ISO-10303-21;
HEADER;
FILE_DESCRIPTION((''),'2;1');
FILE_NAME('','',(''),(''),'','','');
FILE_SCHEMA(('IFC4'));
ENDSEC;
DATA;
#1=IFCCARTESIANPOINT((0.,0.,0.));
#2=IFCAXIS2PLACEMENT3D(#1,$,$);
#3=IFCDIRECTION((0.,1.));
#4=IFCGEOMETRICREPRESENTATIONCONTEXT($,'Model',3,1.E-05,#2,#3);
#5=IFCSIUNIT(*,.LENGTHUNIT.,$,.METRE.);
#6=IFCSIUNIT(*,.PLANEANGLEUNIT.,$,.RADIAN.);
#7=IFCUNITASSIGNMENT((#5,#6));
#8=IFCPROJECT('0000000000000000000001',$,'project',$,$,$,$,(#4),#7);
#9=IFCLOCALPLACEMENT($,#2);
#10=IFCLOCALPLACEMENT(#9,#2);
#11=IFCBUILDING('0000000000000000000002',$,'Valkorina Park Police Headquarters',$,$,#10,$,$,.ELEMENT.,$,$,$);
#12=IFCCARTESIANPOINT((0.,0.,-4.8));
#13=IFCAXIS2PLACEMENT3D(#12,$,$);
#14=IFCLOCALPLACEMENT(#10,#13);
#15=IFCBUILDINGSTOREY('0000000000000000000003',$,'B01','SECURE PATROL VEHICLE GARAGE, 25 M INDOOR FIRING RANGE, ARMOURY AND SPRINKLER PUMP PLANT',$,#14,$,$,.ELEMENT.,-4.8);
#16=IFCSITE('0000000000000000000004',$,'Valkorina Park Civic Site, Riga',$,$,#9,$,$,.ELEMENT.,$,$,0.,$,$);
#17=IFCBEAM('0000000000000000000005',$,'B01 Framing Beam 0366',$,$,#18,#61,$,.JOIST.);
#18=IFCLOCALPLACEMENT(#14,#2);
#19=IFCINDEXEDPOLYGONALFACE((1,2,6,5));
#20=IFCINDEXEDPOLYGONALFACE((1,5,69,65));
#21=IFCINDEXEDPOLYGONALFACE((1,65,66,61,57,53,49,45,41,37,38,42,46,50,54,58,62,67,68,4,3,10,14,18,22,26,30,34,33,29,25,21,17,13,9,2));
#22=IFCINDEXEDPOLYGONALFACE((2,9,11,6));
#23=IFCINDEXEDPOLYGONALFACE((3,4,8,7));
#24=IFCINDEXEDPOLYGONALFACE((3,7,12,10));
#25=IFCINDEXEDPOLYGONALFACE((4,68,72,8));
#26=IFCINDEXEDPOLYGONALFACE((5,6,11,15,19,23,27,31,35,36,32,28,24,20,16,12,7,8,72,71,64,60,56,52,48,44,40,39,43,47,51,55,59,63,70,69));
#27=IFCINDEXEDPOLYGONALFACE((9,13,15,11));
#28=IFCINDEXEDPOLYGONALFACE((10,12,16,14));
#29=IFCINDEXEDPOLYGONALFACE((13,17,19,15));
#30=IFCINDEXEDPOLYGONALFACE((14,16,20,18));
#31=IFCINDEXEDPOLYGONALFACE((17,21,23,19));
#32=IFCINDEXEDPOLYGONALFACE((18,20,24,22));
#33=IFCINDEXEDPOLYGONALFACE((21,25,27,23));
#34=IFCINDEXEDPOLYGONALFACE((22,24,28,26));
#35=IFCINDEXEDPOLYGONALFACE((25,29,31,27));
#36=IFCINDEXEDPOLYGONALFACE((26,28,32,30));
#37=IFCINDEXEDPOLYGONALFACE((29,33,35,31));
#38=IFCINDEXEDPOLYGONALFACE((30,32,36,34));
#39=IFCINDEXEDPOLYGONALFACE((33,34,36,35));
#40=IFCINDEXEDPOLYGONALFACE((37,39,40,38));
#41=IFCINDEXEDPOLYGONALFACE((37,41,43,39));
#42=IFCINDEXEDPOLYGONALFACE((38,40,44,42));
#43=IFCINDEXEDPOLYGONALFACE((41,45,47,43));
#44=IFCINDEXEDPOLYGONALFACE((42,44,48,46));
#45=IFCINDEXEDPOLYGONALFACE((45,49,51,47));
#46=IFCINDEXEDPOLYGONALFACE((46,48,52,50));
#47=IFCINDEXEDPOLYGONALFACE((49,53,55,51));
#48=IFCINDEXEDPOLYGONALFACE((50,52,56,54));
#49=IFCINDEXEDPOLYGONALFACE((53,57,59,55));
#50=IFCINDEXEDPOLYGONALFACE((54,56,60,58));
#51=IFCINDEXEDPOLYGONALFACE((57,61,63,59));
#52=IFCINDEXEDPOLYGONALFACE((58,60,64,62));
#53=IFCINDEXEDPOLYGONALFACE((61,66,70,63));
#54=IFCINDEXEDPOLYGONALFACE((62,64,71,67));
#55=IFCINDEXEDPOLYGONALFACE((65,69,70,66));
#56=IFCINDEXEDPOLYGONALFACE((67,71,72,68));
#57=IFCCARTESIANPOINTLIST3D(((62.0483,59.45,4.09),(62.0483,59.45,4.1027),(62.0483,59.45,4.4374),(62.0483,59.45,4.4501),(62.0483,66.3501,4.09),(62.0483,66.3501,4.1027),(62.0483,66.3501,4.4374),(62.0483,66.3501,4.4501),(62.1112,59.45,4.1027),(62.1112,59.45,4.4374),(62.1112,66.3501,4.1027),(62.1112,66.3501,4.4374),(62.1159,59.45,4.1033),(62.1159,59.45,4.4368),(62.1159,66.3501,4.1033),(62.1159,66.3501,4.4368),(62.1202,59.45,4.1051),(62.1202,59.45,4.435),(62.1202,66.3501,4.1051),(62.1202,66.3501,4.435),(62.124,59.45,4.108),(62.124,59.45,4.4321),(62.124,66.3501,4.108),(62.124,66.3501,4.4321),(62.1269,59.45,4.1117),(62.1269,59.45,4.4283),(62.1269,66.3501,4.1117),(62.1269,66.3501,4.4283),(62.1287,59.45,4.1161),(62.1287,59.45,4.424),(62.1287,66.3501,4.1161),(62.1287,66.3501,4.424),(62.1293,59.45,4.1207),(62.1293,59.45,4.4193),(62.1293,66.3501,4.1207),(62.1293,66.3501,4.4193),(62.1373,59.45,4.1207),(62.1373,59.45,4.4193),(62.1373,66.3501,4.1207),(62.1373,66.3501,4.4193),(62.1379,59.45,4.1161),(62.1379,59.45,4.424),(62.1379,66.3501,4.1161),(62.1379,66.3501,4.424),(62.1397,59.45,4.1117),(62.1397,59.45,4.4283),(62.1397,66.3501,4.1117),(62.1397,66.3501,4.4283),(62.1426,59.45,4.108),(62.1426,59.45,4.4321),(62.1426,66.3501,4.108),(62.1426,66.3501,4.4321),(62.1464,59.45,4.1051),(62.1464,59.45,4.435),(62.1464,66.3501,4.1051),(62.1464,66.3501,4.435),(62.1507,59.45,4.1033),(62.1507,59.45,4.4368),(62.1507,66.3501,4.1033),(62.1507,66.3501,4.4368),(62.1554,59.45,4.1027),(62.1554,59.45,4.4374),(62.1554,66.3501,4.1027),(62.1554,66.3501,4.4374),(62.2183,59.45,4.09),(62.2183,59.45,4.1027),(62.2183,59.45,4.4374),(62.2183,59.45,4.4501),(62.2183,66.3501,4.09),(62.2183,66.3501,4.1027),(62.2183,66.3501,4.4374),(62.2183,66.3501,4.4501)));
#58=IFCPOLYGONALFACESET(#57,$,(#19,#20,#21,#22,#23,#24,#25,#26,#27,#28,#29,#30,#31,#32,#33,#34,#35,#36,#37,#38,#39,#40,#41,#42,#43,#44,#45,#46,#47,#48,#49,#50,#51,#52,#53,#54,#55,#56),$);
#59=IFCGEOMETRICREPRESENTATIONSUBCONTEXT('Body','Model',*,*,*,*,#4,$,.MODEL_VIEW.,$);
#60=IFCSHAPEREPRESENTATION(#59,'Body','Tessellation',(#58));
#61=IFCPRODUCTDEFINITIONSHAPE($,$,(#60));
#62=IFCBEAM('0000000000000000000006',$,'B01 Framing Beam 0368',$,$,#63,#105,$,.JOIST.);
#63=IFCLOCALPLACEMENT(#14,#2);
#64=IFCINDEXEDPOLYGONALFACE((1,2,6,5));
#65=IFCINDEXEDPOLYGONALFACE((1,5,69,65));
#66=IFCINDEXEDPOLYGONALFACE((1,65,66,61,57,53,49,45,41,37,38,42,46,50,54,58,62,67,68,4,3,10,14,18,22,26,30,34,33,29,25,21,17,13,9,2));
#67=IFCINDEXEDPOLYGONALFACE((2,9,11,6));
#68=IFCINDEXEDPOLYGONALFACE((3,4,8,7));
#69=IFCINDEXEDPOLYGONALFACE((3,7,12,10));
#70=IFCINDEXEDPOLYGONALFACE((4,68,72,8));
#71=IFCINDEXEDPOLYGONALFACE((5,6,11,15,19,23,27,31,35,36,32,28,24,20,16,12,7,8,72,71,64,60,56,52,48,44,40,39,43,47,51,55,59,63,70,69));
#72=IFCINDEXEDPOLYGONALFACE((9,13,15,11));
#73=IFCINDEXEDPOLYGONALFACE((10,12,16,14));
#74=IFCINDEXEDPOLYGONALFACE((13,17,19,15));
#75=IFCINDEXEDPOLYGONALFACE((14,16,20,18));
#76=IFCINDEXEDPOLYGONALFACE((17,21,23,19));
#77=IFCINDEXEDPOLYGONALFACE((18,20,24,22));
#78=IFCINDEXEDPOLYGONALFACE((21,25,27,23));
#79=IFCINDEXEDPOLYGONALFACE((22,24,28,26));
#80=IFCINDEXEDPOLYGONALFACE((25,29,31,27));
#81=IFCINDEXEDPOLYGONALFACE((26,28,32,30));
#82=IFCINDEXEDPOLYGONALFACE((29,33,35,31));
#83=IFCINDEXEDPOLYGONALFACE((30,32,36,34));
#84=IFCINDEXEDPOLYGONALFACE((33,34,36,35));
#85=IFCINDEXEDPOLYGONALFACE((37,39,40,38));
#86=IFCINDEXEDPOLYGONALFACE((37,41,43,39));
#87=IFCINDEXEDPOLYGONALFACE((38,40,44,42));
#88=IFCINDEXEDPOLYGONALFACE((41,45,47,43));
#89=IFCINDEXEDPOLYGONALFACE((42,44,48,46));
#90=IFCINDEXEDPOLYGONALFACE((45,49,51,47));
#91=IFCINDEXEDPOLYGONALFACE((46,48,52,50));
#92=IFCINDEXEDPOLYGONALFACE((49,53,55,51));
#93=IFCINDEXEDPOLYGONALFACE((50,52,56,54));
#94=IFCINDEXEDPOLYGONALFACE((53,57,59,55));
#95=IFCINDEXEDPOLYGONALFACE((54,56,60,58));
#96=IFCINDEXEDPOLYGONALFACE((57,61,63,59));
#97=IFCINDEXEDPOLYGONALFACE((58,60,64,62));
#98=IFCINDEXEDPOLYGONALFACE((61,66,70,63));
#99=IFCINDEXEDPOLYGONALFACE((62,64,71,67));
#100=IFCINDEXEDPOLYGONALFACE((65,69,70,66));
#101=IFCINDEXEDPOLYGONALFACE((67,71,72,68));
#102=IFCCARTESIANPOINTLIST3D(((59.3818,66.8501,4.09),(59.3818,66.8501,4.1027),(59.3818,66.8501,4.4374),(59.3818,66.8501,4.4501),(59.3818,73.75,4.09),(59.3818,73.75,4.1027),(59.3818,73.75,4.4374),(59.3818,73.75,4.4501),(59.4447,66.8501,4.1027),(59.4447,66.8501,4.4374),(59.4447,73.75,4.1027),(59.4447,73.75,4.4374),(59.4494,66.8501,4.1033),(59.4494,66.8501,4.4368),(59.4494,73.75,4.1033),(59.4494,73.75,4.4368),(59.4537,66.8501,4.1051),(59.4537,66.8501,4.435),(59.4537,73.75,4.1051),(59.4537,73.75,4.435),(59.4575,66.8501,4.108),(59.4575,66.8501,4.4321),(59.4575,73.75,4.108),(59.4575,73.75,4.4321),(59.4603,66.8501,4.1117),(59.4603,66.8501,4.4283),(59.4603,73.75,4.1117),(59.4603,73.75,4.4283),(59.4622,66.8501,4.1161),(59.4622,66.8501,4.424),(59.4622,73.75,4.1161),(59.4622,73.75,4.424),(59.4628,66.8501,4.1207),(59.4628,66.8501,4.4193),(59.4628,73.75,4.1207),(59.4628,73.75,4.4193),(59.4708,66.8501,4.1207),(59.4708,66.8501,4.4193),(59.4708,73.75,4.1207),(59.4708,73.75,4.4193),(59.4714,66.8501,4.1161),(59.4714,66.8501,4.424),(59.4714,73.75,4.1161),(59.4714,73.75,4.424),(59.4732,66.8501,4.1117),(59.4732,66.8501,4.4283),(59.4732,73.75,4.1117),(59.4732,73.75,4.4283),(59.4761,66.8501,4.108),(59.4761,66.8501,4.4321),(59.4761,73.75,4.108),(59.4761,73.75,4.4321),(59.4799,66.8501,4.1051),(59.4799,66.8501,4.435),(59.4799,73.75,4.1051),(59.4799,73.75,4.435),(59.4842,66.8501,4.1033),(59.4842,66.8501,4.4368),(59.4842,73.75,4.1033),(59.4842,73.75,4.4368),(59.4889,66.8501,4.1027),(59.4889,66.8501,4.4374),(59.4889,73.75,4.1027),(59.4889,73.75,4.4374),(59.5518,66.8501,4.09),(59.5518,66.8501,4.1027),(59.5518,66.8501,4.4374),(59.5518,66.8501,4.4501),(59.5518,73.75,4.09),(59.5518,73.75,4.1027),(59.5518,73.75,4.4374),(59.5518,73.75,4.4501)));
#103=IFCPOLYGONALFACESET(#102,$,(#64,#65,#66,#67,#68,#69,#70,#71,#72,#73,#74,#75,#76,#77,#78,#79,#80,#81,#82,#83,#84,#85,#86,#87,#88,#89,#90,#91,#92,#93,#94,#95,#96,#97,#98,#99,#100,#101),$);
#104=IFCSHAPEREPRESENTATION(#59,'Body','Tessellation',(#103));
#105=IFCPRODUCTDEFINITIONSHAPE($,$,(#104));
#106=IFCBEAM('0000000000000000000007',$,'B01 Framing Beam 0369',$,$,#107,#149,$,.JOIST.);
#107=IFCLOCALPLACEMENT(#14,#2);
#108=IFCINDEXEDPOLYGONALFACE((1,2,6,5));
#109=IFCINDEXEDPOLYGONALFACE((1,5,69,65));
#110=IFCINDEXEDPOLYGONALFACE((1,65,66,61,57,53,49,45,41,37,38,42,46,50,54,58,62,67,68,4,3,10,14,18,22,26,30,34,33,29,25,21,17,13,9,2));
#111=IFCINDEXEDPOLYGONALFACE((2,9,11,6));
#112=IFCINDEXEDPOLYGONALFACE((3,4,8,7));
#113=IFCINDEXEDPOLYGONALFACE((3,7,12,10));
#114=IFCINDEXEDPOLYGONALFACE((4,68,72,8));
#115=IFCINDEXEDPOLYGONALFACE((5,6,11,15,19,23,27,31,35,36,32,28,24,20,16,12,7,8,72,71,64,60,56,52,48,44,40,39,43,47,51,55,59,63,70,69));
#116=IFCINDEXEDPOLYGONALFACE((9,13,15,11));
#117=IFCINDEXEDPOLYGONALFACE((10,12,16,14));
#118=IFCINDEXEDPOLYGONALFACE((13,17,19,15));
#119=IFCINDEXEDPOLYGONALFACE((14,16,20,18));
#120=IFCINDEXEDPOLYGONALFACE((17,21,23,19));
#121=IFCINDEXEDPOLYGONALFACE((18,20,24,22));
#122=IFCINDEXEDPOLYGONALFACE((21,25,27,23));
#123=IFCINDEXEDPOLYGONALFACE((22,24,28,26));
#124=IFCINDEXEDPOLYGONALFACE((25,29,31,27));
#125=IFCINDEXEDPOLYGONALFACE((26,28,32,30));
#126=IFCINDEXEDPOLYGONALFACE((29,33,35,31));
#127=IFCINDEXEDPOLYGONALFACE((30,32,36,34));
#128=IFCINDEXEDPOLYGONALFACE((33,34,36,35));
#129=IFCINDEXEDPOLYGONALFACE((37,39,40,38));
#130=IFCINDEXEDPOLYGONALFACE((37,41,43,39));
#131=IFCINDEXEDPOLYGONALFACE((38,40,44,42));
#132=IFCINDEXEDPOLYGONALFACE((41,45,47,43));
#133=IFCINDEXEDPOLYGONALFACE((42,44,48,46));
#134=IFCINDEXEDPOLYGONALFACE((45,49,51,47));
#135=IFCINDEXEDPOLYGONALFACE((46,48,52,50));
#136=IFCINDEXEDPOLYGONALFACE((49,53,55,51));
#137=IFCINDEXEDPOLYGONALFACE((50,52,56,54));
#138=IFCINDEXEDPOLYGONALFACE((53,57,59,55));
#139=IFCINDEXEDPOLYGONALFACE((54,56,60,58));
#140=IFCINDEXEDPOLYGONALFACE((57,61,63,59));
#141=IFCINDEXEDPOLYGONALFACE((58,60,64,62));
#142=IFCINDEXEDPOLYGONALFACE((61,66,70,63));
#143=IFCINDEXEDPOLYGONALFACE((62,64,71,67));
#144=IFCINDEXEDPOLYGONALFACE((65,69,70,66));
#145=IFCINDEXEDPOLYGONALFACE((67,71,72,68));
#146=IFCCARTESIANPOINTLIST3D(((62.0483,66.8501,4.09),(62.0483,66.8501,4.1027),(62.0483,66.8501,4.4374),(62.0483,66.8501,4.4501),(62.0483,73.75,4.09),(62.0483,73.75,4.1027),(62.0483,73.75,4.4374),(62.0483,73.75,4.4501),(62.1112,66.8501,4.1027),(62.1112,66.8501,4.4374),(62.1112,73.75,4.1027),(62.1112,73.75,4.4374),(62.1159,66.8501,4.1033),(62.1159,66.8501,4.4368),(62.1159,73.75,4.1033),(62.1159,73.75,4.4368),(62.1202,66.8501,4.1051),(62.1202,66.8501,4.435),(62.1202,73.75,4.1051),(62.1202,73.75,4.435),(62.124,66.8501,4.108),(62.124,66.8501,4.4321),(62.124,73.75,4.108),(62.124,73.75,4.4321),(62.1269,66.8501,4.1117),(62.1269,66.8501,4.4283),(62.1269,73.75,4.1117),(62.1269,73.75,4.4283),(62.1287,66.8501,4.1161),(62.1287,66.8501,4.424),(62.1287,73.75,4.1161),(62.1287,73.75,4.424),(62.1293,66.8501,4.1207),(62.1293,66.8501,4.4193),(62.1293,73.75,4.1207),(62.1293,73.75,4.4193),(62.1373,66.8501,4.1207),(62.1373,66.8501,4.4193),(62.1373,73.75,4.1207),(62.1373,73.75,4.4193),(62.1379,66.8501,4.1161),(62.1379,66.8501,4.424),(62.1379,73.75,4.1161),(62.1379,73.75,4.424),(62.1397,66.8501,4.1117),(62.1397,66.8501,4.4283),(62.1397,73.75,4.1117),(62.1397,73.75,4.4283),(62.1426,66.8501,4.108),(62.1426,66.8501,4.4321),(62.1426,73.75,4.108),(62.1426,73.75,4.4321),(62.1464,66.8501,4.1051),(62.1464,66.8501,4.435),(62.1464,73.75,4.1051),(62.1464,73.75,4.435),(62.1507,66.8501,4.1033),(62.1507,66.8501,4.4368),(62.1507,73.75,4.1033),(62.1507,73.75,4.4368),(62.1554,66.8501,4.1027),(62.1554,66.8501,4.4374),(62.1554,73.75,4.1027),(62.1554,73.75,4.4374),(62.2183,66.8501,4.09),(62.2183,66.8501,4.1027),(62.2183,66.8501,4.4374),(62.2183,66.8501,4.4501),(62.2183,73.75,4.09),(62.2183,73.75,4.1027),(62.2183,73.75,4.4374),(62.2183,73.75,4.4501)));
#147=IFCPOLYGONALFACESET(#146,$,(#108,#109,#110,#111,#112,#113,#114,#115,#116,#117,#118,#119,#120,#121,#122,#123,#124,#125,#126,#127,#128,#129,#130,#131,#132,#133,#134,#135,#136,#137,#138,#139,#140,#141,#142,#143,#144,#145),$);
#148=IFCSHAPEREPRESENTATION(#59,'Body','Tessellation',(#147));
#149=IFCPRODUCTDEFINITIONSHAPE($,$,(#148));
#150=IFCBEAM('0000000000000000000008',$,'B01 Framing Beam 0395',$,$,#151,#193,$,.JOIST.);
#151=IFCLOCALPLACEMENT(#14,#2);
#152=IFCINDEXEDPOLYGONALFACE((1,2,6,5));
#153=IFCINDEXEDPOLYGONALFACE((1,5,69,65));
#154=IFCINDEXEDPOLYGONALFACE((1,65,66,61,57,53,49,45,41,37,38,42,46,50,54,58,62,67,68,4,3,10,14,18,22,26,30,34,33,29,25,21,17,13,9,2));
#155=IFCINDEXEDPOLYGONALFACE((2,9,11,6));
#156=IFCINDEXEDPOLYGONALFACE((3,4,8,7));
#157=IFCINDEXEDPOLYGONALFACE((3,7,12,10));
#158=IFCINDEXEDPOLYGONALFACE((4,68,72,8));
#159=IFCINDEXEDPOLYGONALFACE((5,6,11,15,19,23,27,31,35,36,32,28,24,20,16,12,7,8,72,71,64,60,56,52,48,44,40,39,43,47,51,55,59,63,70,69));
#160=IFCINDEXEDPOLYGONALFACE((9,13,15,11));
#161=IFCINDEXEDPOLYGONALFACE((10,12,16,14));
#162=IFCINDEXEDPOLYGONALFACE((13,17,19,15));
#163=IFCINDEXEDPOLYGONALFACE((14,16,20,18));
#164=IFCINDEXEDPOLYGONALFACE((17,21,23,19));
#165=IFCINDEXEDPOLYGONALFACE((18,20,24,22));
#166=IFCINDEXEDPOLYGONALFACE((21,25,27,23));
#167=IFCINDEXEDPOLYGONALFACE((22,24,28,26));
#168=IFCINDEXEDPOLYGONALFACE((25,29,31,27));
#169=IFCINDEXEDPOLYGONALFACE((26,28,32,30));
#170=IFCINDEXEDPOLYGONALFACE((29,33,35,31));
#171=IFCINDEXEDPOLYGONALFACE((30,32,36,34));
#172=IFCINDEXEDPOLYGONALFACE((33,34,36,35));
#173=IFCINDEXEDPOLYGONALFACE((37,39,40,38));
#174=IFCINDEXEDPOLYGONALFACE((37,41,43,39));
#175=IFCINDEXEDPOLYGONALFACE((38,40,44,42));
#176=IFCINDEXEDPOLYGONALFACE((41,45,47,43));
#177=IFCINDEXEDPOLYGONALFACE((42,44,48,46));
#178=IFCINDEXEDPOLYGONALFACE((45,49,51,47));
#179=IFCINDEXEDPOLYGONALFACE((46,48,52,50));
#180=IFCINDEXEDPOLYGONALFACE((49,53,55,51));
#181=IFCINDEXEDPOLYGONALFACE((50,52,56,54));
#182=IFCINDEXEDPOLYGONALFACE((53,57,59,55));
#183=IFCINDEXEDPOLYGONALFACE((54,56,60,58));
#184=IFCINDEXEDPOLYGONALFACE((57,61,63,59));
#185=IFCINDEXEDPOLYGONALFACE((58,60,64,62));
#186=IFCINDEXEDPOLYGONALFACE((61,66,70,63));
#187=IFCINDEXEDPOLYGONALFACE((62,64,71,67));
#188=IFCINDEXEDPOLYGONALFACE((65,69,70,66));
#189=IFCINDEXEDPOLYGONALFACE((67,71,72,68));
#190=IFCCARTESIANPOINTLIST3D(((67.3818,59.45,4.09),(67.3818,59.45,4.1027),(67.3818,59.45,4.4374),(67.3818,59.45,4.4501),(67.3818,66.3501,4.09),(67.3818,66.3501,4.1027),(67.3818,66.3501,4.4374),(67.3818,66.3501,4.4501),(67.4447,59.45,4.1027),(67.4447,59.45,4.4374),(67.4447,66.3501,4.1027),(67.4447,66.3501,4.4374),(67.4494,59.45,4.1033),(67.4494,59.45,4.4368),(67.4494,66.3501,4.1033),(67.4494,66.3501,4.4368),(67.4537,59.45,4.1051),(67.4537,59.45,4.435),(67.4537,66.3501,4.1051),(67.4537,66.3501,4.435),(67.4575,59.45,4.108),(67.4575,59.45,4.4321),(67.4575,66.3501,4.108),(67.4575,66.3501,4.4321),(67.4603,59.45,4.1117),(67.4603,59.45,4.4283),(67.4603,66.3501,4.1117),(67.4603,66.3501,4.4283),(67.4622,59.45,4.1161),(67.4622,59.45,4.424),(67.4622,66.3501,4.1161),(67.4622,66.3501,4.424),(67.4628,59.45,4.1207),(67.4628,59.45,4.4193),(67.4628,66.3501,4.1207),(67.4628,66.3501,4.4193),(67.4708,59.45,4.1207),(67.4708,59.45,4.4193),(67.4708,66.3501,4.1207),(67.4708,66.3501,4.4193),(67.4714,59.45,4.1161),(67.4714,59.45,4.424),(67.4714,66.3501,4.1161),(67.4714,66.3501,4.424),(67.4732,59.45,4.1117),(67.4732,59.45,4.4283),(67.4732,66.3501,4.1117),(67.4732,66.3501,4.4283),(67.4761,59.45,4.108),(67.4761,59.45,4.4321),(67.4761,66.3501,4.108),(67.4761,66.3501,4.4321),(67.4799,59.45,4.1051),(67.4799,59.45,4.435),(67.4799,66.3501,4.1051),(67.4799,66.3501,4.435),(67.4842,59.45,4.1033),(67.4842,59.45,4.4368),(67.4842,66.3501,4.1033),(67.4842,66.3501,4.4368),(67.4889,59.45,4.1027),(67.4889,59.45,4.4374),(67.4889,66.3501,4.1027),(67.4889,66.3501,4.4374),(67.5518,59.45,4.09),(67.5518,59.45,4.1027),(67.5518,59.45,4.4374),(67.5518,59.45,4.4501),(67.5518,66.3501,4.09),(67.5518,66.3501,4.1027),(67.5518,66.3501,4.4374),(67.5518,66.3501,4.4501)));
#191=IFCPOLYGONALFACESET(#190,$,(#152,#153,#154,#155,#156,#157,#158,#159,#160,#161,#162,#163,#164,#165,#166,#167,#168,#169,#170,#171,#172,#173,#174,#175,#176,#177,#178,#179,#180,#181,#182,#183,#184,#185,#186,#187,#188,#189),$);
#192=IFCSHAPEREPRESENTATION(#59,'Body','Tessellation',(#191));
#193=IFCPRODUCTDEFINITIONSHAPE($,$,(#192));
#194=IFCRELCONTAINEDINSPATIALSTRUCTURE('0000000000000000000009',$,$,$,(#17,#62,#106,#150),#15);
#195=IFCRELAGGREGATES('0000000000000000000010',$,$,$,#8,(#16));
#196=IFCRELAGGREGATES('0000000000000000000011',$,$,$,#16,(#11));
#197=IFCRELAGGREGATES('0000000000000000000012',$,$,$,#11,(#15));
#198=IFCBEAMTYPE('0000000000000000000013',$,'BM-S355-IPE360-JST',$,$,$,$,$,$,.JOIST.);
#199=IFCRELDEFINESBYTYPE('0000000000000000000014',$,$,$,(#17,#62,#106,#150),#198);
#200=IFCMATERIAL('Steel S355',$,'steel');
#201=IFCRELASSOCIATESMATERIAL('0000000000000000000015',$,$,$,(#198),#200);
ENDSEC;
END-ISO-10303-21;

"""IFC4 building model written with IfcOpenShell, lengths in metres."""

from ifc_helpers import new_model, si_unit, direction, frame, origin, origin_2d, place, context, subcontext, project, spatial, i_section, extrude, material, material_profile, profile_set, type_object, element, save


model = new_model("IFC4")

# Units and contexts
model_context = context("Model", 3, precision=1e-05, world=origin(), true_north=direction((0.0, 1.0)))
body_context = subcontext(model_context, "Body", "Model", "MODEL_VIEW")
ifc_project = project(units=[si_unit("LENGTHUNIT", "METRE"), si_unit("PLANEANGLEUNIT", "RADIAN")], contexts=[model_context])

# Site, building, storey
site_placement = place(None, origin())
site = spatial("IfcSite", under=ifc_project, at=site_placement, Name="Valkorina Park Civic Site, Riga", CompositionType="ELEMENT", RefElevation=0.0)
building_placement = place(site_placement, origin())
building = spatial("IfcBuilding", under=site, at=building_placement, Name="Valkorina Park Police Headquarters", CompositionType="ELEMENT")
storey_placement = place(building_placement, frame((0.0, 0.0, -4.8)))
storey = spatial("IfcBuildingStorey", under=building, at=storey_placement, Name="B01", Description="SECURE PATROL VEHICLE GARAGE, 25 M INDOOR FIRING RANGE, ARMOURY AND SPRINKLER PUMP PLANT", CompositionType="ELEMENT", Elevation=-4.8)

# Beams
ifc_material_1 = material(Name="Steel S355", Category="steel")
ifc_material_profile_1 = material_profile(ifc_material_1, i_section(OverallWidth=0.1699, OverallDepth=0.3601, WebThickness=0.0081, FlangeThickness=0.0127, FilletRadius=0.0181, at=origin_2d()), Name="IPE 360")
ifc_profile_set_1 = profile_set([ifc_material_profile_1], Name="Steel S355")
beam_type_1 = type_object("IfcBeamType", Name="BM-S355-IPE360-JST", PredefinedType="JOIST", material=ifc_profile_set_1)
for number, where, z_axis, x_axis, name in (
    (1, (62.1333, 59.45, 4.27), (0.0, 1.0, 0.0), (-1.0, 0.0, 0.0), "B01 Framing Beam 0366"),
):
    element("IfcBeam", number, at=place(storey_placement, frame(where, z_axis=z_axis, x_axis=x_axis)), inside=storey, type_object=beam_type_1, Name=name, PredefinedType="JOIST", context=body_context, shape_type="SweptSolid", body=[
        extrude(i_section(OverallWidth=0.1699, OverallDepth=0.3601, WebThickness=0.0081, FlangeThickness=0.0127, FilletRadius=0.0181, at=origin_2d()), origin(), (0.0, 0.0, 1.0), 6.9001),
    ])
for number, where, z_axis, x_axis, name in (
    (2, (59.4668, 66.8501, 4.27), (0.0, 1.0, 0.0), (-1.0, 0.0, 0.0), "B01 Framing Beam 0368"),
    (3, (62.1333, 66.8501, 4.27), (0.0, 1.0, 0.0), (-1.0, 0.0, 0.0), "B01 Framing Beam 0369"),
):
    element("IfcBeam", number, at=place(storey_placement, frame(where, z_axis=z_axis, x_axis=x_axis)), inside=storey, type_object=beam_type_1, Name=name, PredefinedType="JOIST", context=body_context, shape_type="SweptSolid", body=[
        extrude(i_section(OverallWidth=0.1699, OverallDepth=0.3601, WebThickness=0.0081, FlangeThickness=0.0127, FilletRadius=0.0181, at=origin_2d()), origin(), (0.0, 0.0, 1.0), 6.8999),
    ])
beam_1_placement = place(storey_placement, frame((67.4668, 59.45, 4.27), z_axis=(0.0, 1.0, 0.0), x_axis=(-1.0, 0.0, 0.0)))
element("IfcBeam", 4, at=beam_1_placement, inside=storey, type_object=beam_type_1, Name="B01 Framing Beam 0395", PredefinedType="JOIST", context=body_context, shape_type="SweptSolid", body=[
    extrude(i_section(OverallWidth=0.1699, OverallDepth=0.3601, WebThickness=0.0081, FlangeThickness=0.0127, FilletRadius=0.0181, at=origin_2d()), origin(), (0.0, 0.0, 1.0), 6.9001),
])

save(model, "model.ifc")
